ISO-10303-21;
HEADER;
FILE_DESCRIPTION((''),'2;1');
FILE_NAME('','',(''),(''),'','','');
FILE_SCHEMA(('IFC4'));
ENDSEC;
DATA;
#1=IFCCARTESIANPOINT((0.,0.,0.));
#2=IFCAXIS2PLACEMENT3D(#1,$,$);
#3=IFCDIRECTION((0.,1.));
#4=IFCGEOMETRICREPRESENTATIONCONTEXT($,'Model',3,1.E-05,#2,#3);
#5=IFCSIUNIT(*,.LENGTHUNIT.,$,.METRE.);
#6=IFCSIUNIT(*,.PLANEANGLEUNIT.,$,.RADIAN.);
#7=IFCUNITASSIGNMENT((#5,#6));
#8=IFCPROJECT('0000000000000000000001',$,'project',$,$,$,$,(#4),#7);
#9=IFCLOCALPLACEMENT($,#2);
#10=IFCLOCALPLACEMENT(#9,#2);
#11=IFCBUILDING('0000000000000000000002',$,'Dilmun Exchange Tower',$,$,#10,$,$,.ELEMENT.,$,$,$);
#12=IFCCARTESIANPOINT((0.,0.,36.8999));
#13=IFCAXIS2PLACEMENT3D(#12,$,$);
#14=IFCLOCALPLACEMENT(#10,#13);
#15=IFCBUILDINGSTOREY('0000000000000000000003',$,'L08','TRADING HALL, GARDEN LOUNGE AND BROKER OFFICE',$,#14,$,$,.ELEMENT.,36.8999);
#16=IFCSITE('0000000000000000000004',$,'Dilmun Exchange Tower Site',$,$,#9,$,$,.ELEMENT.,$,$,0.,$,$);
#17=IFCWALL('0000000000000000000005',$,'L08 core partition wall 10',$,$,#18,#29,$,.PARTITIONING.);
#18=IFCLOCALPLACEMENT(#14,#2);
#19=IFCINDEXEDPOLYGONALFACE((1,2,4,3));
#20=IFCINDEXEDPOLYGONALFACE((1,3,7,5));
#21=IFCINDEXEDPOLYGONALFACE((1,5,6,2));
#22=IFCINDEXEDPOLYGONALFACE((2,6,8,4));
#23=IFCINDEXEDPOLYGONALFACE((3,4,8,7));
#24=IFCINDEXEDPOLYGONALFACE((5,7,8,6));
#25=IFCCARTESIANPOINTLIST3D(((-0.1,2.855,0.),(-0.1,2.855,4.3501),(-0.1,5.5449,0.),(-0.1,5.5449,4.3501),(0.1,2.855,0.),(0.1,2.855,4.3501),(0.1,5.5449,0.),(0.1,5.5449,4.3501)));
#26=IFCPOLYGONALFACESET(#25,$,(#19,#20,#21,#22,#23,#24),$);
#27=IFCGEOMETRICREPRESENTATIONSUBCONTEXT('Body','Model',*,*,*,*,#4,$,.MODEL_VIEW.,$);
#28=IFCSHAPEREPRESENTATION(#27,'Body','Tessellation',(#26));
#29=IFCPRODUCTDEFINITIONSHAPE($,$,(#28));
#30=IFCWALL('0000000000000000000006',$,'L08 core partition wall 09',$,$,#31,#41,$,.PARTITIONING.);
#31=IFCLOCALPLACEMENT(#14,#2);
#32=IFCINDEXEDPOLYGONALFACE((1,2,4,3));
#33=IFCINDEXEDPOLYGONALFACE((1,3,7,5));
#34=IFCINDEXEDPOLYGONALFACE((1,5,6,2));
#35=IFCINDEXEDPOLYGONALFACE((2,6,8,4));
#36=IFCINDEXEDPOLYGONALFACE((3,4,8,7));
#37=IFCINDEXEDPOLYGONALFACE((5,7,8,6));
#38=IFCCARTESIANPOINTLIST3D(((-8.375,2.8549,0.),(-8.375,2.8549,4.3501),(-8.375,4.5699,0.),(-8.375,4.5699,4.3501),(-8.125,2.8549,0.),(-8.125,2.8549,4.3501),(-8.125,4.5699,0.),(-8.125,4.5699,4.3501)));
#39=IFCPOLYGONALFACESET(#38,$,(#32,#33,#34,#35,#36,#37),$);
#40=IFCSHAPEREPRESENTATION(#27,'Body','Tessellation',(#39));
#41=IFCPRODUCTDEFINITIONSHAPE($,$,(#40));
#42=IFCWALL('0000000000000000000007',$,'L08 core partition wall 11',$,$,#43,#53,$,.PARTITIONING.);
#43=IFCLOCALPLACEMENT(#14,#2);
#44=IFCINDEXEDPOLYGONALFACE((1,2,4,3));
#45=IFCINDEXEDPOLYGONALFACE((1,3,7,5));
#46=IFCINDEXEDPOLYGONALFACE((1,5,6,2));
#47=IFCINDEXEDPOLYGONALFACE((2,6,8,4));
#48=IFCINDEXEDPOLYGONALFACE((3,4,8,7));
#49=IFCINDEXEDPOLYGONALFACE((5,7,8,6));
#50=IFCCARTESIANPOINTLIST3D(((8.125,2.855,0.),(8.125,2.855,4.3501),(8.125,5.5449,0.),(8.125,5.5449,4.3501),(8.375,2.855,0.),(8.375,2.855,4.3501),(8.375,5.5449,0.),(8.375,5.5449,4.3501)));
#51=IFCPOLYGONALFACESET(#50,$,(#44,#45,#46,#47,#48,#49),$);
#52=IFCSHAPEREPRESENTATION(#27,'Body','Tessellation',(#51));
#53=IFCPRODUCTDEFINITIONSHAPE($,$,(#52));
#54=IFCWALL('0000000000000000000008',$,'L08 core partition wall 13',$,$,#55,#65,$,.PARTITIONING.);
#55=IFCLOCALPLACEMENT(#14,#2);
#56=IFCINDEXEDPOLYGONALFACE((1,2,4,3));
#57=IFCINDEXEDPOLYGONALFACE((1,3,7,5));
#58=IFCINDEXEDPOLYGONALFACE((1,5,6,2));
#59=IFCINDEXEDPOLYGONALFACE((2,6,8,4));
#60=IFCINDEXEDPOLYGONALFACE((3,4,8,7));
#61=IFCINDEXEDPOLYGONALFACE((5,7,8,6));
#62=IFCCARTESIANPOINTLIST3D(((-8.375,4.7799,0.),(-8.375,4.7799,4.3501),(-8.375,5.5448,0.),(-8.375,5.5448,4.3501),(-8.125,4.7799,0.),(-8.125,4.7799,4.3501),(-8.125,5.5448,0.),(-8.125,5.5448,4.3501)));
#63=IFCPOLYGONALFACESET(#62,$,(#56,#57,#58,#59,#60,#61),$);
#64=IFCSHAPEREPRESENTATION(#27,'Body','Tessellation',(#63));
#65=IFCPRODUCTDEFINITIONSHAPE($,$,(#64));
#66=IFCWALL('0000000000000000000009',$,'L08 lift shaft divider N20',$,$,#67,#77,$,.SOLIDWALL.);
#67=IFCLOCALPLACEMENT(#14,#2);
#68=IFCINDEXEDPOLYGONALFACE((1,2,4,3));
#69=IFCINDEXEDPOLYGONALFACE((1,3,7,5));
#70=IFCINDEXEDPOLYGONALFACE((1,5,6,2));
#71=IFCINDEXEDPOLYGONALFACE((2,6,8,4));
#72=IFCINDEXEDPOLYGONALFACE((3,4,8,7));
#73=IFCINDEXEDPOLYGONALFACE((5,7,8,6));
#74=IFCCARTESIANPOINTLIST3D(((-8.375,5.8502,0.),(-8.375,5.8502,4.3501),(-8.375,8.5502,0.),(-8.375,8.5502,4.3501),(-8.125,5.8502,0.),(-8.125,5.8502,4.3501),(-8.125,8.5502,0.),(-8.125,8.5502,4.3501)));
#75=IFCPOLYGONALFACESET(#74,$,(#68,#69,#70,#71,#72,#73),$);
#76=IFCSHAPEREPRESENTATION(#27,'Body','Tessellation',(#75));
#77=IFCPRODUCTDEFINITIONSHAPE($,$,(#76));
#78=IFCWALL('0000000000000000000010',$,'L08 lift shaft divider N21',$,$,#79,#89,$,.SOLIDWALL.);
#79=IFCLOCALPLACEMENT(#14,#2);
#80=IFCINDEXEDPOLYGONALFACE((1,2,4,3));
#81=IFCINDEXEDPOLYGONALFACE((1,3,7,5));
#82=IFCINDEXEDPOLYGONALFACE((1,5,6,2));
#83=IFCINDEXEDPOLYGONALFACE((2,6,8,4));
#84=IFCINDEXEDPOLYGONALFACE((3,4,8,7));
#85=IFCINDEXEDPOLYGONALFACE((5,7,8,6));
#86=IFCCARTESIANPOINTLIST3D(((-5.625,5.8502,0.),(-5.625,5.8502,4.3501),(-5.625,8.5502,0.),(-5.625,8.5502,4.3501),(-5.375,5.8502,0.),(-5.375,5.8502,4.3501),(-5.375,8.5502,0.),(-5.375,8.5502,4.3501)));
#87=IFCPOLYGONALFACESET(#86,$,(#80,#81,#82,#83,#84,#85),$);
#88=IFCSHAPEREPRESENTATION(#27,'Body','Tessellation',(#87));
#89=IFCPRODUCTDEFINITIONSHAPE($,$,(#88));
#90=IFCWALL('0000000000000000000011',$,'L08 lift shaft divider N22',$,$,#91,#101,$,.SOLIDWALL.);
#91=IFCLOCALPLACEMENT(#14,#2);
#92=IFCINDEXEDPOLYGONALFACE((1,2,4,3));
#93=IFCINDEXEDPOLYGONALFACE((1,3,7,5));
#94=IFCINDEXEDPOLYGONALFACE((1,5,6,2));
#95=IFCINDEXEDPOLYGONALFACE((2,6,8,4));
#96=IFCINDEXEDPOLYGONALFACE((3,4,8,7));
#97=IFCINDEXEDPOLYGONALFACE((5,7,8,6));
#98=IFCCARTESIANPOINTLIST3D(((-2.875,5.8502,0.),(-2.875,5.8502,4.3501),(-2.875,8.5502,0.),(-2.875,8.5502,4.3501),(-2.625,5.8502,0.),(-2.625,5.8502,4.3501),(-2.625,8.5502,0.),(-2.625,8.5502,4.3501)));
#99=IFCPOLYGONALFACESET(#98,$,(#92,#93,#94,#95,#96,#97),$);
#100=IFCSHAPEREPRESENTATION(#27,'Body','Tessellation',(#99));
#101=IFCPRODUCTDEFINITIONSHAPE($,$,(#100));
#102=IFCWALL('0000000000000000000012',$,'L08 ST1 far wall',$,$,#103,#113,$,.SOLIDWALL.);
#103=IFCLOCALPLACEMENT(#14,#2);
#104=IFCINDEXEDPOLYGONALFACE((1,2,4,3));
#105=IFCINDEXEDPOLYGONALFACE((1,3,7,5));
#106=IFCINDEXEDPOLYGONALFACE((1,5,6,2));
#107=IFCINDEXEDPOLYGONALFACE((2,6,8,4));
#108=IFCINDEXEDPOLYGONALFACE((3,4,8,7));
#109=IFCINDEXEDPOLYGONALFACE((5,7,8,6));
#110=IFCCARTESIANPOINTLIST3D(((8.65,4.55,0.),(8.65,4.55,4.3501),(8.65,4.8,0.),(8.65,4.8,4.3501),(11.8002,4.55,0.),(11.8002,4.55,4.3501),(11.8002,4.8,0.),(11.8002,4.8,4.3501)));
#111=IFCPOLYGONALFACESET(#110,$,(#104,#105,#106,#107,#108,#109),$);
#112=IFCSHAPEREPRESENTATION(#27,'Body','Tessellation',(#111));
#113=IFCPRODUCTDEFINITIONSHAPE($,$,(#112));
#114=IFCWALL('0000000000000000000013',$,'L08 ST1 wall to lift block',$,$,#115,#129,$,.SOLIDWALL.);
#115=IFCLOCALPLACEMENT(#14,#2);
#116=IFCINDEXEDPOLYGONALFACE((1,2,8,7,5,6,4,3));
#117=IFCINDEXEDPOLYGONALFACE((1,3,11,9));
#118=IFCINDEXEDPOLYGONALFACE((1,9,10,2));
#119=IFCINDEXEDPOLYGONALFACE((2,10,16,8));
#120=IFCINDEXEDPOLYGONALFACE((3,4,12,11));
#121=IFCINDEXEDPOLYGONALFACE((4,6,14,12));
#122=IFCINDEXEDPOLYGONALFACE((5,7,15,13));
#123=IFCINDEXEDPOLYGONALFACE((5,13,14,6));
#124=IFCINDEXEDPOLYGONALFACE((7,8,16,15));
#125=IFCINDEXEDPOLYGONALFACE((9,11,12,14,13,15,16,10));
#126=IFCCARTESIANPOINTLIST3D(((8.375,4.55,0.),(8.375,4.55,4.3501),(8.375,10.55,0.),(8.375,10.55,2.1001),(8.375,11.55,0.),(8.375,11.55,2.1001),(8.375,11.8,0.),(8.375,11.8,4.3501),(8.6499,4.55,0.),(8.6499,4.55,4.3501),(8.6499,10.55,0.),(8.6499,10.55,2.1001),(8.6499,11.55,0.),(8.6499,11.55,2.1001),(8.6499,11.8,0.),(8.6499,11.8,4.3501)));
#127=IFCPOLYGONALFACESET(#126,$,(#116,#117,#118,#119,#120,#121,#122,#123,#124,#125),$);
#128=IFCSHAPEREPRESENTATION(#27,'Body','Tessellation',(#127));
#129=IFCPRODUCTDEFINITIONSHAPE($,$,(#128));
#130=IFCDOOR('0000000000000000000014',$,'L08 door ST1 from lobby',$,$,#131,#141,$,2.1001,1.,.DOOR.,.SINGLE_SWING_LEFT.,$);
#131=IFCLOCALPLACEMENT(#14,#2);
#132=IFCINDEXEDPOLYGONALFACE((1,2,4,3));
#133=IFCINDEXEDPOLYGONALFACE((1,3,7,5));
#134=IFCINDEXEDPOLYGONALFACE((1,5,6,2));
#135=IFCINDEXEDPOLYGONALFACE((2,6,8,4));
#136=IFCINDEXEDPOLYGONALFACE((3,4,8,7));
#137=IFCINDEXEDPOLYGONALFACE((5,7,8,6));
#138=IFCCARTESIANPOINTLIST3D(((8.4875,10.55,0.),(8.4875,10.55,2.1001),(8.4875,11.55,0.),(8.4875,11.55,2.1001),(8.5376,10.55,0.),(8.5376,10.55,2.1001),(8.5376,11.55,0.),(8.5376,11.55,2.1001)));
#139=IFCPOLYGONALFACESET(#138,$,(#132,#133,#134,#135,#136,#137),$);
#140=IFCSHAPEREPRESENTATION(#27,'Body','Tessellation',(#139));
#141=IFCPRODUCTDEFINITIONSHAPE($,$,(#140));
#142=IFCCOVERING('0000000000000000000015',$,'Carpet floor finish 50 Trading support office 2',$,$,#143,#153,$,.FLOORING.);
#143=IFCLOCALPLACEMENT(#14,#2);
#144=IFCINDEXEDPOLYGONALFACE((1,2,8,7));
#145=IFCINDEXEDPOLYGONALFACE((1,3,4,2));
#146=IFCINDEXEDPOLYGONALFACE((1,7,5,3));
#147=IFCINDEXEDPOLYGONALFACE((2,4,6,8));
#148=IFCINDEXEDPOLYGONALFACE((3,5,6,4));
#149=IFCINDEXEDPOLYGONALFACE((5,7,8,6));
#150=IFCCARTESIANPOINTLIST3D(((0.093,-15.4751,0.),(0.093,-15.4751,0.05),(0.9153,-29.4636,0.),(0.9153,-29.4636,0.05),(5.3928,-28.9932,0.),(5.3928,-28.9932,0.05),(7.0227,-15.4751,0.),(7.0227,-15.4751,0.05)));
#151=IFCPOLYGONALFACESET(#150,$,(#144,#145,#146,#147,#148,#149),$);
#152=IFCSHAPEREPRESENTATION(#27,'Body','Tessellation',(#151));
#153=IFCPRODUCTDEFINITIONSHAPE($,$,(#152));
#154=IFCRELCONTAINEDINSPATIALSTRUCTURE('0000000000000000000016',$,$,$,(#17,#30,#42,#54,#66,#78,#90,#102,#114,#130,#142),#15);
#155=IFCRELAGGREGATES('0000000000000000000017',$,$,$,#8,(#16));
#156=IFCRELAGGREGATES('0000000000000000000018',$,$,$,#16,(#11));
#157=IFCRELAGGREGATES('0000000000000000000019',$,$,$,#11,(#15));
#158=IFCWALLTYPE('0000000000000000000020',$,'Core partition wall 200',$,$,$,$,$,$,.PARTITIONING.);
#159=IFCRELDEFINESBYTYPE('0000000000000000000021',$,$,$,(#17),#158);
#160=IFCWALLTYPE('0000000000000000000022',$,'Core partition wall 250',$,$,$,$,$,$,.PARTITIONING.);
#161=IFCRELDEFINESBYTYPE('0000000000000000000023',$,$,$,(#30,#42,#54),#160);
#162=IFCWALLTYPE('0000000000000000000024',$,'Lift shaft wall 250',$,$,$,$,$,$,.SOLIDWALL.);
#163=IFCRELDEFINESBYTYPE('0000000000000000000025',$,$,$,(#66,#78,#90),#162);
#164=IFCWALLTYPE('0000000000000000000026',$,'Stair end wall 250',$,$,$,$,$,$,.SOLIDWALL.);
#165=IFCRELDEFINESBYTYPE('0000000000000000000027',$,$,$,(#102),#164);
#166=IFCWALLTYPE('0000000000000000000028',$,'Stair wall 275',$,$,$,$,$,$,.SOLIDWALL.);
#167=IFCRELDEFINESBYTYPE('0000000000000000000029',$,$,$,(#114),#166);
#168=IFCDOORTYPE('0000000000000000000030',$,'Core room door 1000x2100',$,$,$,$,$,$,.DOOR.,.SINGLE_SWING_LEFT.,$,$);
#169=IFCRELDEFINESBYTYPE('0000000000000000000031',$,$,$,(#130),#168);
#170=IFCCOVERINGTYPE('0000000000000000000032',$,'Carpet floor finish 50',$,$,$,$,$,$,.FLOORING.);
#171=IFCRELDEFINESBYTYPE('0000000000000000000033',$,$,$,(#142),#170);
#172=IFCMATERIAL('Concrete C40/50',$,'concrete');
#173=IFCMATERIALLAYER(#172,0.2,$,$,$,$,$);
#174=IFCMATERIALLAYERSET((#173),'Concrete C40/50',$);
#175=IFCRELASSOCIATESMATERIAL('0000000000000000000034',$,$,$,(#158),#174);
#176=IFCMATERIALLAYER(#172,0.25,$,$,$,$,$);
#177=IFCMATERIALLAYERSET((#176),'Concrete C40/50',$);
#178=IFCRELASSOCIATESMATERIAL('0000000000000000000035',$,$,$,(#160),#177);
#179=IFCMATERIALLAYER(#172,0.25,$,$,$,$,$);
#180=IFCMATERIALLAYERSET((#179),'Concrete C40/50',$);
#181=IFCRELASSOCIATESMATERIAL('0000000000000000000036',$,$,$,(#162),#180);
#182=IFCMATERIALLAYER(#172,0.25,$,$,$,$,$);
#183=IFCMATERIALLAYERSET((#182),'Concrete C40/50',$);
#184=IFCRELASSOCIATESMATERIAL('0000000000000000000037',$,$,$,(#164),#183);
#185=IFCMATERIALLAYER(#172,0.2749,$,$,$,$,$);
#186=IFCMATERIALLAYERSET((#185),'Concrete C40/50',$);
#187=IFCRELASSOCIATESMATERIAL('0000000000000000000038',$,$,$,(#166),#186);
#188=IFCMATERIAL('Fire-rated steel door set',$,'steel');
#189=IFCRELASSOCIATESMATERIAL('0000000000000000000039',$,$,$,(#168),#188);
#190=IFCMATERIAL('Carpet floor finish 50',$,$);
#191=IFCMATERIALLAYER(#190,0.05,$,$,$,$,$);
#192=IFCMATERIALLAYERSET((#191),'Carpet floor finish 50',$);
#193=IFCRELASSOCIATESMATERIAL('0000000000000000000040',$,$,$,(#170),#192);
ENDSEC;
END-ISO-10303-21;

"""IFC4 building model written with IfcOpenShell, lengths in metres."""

from ifc_helpers import new_model, si_unit, direction, frame, frame_2d, origin, place, context, subcontext, project, spatial, polyline, rectangle, outline, extrude, material, layer, layer_set, type_object, element, fill, save


model = new_model("IFC4")

# Units and contexts
model_context = context("Model", 3, precision=1e-05, world=origin(), true_north=direction((0.0, 1.0)))
body_context = subcontext(model_context, "Body", "Model", "MODEL_VIEW")
ifc_project = project(units=[si_unit("LENGTHUNIT", "METRE"), si_unit("PLANEANGLEUNIT", "RADIAN")], contexts=[model_context])

# Site, building, storey
site_placement = place(None, origin())
site = spatial("IfcSite", under=ifc_project, at=site_placement, Name="Dilmun Exchange Tower Site", CompositionType="ELEMENT", RefElevation=0.0)
building_placement = place(site_placement, origin())
building = spatial("IfcBuilding", under=site, at=building_placement, Name="Dilmun Exchange Tower", CompositionType="ELEMENT")
storey_placement = place(building_placement, frame((0.0, 0.0, 36.8999)))
storey = spatial("IfcBuildingStorey", under=building, at=storey_placement, Name="L08", Description="TRADING HALL, GARDEN LOUNGE AND BROKER OFFICE", CompositionType="ELEMENT", Elevation=36.8999)

# Walls
ifc_material_1 = material(Name="Concrete C40/50", Category="concrete")
ifc_layer_1 = layer(ifc_material_1, 0.2)
ifc_layer_set_1 = layer_set([ifc_layer_1], Name="Concrete C40/50")
wall_type_1 = type_object("IfcWallType", Name="Core partition wall 200", PredefinedType="PARTITIONING", material=ifc_layer_set_1)
wall_1_placement = place(storey_placement, frame((0.0, 2.855, 0.0), z_axis=(0.0, 0.0, 1.0), x_axis=(0.0, 1.0, 0.0)))
element("IfcWall", 1, at=wall_1_placement, inside=storey, type_object=wall_type_1, Name="L08 core partition wall 10", PredefinedType="PARTITIONING", context=body_context, shape_type="SweptSolid", body=[
    extrude(rectangle(XDim=2.6899, YDim=0.2, at=frame_2d((1.345, 0.0))), origin(), (0.0, 0.0, 1.0), 4.3501),
])
ifc_layer_2 = layer(ifc_material_1, 0.25)
ifc_layer_set_2 = layer_set([ifc_layer_2], Name="Concrete C40/50")
wall_type_2 = type_object("IfcWallType", Name="Core partition wall 250", PredefinedType="PARTITIONING", material=ifc_layer_set_2)
wall_2_placement = place(storey_placement, frame((-8.25, 2.855, 0.0), z_axis=(0.0, 0.0, 1.0), x_axis=(0.0, 1.0, 0.0)))
element("IfcWall", 2, at=wall_2_placement, inside=storey, type_object=wall_type_2, Name="L08 core partition wall 09", PredefinedType="PARTITIONING", context=body_context, shape_type="SweptSolid", body=[
    extrude(rectangle(XDim=1.7151, YDim=0.25, at=frame_2d((0.8574, 0.0))), origin(), (0.0, 0.0, 1.0), 4.3501),
])
wall_3_placement = place(storey_placement, frame((8.25, 2.855, 0.0), z_axis=(0.0, 0.0, 1.0), x_axis=(0.0, 1.0, 0.0)))
element("IfcWall", 3, at=wall_3_placement, inside=storey, type_object=wall_type_2, Name="L08 core partition wall 11", PredefinedType="PARTITIONING", context=body_context, shape_type="SweptSolid", body=[
    extrude(rectangle(XDim=2.6899, YDim=0.25, at=frame_2d((1.345, 0.0))), origin(), (0.0, 0.0, 1.0), 4.3501),
])
wall_4_placement = place(storey_placement, frame((-8.25, 4.78, 0.0), z_axis=(0.0, 0.0, 1.0), x_axis=(0.0, 1.0, 0.0)))
element("IfcWall", 4, at=wall_4_placement, inside=storey, type_object=wall_type_2, Name="L08 core partition wall 13", PredefinedType="PARTITIONING", context=body_context, shape_type="SweptSolid", body=[
    extrude(rectangle(XDim=0.7649, YDim=0.25, at=frame_2d((0.3823, 0.0))), origin(), (0.0, 0.0, 1.0), 4.3501),
])
ifc_layer_3 = layer(ifc_material_1, 0.25)
ifc_layer_set_3 = layer_set([ifc_layer_3], Name="Concrete C40/50")
wall_type_3 = type_object("IfcWallType", Name="Lift shaft wall 250", PredefinedType="SOLIDWALL", material=ifc_layer_set_3)
for number, where, z_axis, x_axis, name in (
    (5, (-8.25, 5.8501, 0.0), (0.0, 0.0, 1.0), (0.0, 1.0, 0.0), "L08 lift shaft divider N20"),
    (6, (-5.5, 5.8501, 0.0), (0.0, 0.0, 1.0), (0.0, 1.0, 0.0), "L08 lift shaft divider N21"),
    (7, (-2.75, 5.8501, 0.0), (0.0, 0.0, 1.0), (0.0, 1.0, 0.0), "L08 lift shaft divider N22"),
):
    element("IfcWall", number, at=place(storey_placement, frame(where, z_axis=z_axis, x_axis=x_axis)), inside=storey, type_object=wall_type_3, Name=name, PredefinedType="SOLIDWALL", context=body_context, shape_type="SweptSolid", body=[
        extrude(rectangle(XDim=2.7, YDim=0.25, at=frame_2d((1.3501, 0.0))), origin(), (0.0, 0.0, 1.0), 4.3501),
    ])
ifc_layer_4 = layer(ifc_material_1, 0.25)
ifc_layer_set_4 = layer_set([ifc_layer_4], Name="Concrete C40/50")
wall_type_4 = type_object("IfcWallType", Name="Stair end wall 250", PredefinedType="SOLIDWALL", material=ifc_layer_set_4)
wall_5_placement = place(storey_placement, frame((8.6499, 4.675, 0.0), z_axis=(0.0, 0.0, 1.0), x_axis=(1.0, 0.0, 0.0)))
element("IfcWall", 8, at=wall_5_placement, inside=storey, type_object=wall_type_4, Name="L08 ST1 far wall", PredefinedType="SOLIDWALL", context=body_context, shape_type="SweptSolid", body=[
    extrude(rectangle(XDim=3.1501, YDim=0.25, at=frame_2d((1.5752, 0.0))), origin(), (0.0, 0.0, 1.0), 4.3501),
])

# Wall, opening, door
ifc_layer_5 = layer(ifc_material_1, 0.2749)
ifc_layer_set_5 = layer_set([ifc_layer_5], Name="Concrete C40/50")
wall_type_5 = type_object("IfcWallType", Name="Stair wall 275", PredefinedType="SOLIDWALL", material=ifc_layer_set_5)
wall_6_placement = place(storey_placement, frame((8.5125, 4.55, 0.0), z_axis=(0.0, 0.0, 1.0), x_axis=(0.0, 1.0, 0.0)))
wall_6 = element("IfcWall", 9, at=wall_6_placement, inside=storey, type_object=wall_type_5, Name="L08 ST1 wall to lift block", PredefinedType="SOLIDWALL", context=body_context, shape_type="SweptSolid", body=[
    extrude(rectangle(XDim=7.25, YDim=0.2749, at=frame_2d((3.625, 0.0))), origin(), (0.0, 0.0, 1.0), 4.3501),
])
opening_placement = place(wall_6_placement, frame((6.0, 0.0, 0.0)))
opening = element("IfcOpeningElement", 10, at=opening_placement, cuts=wall_6, PredefinedType="OPENING", context=body_context, shape_type="SweptSolid", body=[
    extrude(rectangle(XDim=1.0, YDim=2.1001, at=frame_2d((0.5, 1.05))), frame((0.0, 0.1475, 0.0), z_axis=(0.0, -1.0, 0.0), x_axis=(1.0, 0.0, 0.0)), (0.0, 0.0, 1.0), 0.2949),
])
ifc_material_2 = material(Name="Fire-rated steel door set", Category="steel")
door_type = type_object("IfcDoorType", Name="Core room door 1000x2100", OperationType="SINGLE_SWING_LEFT", PredefinedType="DOOR", material=ifc_material_2)
door_placement = place(opening_placement, origin())
door = element("IfcDoor", 11, at=door_placement, inside=storey, type_object=door_type, Name="L08 door ST1 from lobby", OperationType="SINGLE_SWING_LEFT", OverallHeight=2.1001, OverallWidth=1.0, PredefinedType="DOOR", context=body_context, shape_type="SweptSolid", body=[
    extrude(rectangle(XDim=1.0, YDim=2.1001, at=frame_2d((0.5, 1.05))), frame((0.0, 0.0249, 0.0), z_axis=(0.0, -1.0, 0.0), x_axis=(1.0, 0.0, 0.0)), (0.0, 0.0, 1.0), 0.05),
])
fill(opening, door)

# Covering
ifc_material_3 = material(Name="Carpet floor finish 50")
ifc_layer_6 = layer(ifc_material_3, 0.05)
ifc_layer_set_6 = layer_set([ifc_layer_6], Name="Carpet floor finish 50")
covering_type_1 = type_object("IfcCoveringType", Name="Carpet floor finish 50", PredefinedType="FLOORING", material=ifc_layer_set_6)
covering_1_placement = place(storey_placement, origin())
element("IfcCovering", 12, at=covering_1_placement, inside=storey, type_object=covering_type_1, Name="Carpet floor finish 50 Trading support office 2", PredefinedType="FLOORING", context=body_context, shape_type="SweptSolid", body=[
    extrude(outline(polyline([(0.093, -15.4751), (7.0227, -15.4751), (5.3928, -28.9932), (0.9153, -29.4636), (0.093, -15.4751)])), origin(), (0.0, 0.0, 1.0), 0.05),
])

save(model, "model.ifc")
